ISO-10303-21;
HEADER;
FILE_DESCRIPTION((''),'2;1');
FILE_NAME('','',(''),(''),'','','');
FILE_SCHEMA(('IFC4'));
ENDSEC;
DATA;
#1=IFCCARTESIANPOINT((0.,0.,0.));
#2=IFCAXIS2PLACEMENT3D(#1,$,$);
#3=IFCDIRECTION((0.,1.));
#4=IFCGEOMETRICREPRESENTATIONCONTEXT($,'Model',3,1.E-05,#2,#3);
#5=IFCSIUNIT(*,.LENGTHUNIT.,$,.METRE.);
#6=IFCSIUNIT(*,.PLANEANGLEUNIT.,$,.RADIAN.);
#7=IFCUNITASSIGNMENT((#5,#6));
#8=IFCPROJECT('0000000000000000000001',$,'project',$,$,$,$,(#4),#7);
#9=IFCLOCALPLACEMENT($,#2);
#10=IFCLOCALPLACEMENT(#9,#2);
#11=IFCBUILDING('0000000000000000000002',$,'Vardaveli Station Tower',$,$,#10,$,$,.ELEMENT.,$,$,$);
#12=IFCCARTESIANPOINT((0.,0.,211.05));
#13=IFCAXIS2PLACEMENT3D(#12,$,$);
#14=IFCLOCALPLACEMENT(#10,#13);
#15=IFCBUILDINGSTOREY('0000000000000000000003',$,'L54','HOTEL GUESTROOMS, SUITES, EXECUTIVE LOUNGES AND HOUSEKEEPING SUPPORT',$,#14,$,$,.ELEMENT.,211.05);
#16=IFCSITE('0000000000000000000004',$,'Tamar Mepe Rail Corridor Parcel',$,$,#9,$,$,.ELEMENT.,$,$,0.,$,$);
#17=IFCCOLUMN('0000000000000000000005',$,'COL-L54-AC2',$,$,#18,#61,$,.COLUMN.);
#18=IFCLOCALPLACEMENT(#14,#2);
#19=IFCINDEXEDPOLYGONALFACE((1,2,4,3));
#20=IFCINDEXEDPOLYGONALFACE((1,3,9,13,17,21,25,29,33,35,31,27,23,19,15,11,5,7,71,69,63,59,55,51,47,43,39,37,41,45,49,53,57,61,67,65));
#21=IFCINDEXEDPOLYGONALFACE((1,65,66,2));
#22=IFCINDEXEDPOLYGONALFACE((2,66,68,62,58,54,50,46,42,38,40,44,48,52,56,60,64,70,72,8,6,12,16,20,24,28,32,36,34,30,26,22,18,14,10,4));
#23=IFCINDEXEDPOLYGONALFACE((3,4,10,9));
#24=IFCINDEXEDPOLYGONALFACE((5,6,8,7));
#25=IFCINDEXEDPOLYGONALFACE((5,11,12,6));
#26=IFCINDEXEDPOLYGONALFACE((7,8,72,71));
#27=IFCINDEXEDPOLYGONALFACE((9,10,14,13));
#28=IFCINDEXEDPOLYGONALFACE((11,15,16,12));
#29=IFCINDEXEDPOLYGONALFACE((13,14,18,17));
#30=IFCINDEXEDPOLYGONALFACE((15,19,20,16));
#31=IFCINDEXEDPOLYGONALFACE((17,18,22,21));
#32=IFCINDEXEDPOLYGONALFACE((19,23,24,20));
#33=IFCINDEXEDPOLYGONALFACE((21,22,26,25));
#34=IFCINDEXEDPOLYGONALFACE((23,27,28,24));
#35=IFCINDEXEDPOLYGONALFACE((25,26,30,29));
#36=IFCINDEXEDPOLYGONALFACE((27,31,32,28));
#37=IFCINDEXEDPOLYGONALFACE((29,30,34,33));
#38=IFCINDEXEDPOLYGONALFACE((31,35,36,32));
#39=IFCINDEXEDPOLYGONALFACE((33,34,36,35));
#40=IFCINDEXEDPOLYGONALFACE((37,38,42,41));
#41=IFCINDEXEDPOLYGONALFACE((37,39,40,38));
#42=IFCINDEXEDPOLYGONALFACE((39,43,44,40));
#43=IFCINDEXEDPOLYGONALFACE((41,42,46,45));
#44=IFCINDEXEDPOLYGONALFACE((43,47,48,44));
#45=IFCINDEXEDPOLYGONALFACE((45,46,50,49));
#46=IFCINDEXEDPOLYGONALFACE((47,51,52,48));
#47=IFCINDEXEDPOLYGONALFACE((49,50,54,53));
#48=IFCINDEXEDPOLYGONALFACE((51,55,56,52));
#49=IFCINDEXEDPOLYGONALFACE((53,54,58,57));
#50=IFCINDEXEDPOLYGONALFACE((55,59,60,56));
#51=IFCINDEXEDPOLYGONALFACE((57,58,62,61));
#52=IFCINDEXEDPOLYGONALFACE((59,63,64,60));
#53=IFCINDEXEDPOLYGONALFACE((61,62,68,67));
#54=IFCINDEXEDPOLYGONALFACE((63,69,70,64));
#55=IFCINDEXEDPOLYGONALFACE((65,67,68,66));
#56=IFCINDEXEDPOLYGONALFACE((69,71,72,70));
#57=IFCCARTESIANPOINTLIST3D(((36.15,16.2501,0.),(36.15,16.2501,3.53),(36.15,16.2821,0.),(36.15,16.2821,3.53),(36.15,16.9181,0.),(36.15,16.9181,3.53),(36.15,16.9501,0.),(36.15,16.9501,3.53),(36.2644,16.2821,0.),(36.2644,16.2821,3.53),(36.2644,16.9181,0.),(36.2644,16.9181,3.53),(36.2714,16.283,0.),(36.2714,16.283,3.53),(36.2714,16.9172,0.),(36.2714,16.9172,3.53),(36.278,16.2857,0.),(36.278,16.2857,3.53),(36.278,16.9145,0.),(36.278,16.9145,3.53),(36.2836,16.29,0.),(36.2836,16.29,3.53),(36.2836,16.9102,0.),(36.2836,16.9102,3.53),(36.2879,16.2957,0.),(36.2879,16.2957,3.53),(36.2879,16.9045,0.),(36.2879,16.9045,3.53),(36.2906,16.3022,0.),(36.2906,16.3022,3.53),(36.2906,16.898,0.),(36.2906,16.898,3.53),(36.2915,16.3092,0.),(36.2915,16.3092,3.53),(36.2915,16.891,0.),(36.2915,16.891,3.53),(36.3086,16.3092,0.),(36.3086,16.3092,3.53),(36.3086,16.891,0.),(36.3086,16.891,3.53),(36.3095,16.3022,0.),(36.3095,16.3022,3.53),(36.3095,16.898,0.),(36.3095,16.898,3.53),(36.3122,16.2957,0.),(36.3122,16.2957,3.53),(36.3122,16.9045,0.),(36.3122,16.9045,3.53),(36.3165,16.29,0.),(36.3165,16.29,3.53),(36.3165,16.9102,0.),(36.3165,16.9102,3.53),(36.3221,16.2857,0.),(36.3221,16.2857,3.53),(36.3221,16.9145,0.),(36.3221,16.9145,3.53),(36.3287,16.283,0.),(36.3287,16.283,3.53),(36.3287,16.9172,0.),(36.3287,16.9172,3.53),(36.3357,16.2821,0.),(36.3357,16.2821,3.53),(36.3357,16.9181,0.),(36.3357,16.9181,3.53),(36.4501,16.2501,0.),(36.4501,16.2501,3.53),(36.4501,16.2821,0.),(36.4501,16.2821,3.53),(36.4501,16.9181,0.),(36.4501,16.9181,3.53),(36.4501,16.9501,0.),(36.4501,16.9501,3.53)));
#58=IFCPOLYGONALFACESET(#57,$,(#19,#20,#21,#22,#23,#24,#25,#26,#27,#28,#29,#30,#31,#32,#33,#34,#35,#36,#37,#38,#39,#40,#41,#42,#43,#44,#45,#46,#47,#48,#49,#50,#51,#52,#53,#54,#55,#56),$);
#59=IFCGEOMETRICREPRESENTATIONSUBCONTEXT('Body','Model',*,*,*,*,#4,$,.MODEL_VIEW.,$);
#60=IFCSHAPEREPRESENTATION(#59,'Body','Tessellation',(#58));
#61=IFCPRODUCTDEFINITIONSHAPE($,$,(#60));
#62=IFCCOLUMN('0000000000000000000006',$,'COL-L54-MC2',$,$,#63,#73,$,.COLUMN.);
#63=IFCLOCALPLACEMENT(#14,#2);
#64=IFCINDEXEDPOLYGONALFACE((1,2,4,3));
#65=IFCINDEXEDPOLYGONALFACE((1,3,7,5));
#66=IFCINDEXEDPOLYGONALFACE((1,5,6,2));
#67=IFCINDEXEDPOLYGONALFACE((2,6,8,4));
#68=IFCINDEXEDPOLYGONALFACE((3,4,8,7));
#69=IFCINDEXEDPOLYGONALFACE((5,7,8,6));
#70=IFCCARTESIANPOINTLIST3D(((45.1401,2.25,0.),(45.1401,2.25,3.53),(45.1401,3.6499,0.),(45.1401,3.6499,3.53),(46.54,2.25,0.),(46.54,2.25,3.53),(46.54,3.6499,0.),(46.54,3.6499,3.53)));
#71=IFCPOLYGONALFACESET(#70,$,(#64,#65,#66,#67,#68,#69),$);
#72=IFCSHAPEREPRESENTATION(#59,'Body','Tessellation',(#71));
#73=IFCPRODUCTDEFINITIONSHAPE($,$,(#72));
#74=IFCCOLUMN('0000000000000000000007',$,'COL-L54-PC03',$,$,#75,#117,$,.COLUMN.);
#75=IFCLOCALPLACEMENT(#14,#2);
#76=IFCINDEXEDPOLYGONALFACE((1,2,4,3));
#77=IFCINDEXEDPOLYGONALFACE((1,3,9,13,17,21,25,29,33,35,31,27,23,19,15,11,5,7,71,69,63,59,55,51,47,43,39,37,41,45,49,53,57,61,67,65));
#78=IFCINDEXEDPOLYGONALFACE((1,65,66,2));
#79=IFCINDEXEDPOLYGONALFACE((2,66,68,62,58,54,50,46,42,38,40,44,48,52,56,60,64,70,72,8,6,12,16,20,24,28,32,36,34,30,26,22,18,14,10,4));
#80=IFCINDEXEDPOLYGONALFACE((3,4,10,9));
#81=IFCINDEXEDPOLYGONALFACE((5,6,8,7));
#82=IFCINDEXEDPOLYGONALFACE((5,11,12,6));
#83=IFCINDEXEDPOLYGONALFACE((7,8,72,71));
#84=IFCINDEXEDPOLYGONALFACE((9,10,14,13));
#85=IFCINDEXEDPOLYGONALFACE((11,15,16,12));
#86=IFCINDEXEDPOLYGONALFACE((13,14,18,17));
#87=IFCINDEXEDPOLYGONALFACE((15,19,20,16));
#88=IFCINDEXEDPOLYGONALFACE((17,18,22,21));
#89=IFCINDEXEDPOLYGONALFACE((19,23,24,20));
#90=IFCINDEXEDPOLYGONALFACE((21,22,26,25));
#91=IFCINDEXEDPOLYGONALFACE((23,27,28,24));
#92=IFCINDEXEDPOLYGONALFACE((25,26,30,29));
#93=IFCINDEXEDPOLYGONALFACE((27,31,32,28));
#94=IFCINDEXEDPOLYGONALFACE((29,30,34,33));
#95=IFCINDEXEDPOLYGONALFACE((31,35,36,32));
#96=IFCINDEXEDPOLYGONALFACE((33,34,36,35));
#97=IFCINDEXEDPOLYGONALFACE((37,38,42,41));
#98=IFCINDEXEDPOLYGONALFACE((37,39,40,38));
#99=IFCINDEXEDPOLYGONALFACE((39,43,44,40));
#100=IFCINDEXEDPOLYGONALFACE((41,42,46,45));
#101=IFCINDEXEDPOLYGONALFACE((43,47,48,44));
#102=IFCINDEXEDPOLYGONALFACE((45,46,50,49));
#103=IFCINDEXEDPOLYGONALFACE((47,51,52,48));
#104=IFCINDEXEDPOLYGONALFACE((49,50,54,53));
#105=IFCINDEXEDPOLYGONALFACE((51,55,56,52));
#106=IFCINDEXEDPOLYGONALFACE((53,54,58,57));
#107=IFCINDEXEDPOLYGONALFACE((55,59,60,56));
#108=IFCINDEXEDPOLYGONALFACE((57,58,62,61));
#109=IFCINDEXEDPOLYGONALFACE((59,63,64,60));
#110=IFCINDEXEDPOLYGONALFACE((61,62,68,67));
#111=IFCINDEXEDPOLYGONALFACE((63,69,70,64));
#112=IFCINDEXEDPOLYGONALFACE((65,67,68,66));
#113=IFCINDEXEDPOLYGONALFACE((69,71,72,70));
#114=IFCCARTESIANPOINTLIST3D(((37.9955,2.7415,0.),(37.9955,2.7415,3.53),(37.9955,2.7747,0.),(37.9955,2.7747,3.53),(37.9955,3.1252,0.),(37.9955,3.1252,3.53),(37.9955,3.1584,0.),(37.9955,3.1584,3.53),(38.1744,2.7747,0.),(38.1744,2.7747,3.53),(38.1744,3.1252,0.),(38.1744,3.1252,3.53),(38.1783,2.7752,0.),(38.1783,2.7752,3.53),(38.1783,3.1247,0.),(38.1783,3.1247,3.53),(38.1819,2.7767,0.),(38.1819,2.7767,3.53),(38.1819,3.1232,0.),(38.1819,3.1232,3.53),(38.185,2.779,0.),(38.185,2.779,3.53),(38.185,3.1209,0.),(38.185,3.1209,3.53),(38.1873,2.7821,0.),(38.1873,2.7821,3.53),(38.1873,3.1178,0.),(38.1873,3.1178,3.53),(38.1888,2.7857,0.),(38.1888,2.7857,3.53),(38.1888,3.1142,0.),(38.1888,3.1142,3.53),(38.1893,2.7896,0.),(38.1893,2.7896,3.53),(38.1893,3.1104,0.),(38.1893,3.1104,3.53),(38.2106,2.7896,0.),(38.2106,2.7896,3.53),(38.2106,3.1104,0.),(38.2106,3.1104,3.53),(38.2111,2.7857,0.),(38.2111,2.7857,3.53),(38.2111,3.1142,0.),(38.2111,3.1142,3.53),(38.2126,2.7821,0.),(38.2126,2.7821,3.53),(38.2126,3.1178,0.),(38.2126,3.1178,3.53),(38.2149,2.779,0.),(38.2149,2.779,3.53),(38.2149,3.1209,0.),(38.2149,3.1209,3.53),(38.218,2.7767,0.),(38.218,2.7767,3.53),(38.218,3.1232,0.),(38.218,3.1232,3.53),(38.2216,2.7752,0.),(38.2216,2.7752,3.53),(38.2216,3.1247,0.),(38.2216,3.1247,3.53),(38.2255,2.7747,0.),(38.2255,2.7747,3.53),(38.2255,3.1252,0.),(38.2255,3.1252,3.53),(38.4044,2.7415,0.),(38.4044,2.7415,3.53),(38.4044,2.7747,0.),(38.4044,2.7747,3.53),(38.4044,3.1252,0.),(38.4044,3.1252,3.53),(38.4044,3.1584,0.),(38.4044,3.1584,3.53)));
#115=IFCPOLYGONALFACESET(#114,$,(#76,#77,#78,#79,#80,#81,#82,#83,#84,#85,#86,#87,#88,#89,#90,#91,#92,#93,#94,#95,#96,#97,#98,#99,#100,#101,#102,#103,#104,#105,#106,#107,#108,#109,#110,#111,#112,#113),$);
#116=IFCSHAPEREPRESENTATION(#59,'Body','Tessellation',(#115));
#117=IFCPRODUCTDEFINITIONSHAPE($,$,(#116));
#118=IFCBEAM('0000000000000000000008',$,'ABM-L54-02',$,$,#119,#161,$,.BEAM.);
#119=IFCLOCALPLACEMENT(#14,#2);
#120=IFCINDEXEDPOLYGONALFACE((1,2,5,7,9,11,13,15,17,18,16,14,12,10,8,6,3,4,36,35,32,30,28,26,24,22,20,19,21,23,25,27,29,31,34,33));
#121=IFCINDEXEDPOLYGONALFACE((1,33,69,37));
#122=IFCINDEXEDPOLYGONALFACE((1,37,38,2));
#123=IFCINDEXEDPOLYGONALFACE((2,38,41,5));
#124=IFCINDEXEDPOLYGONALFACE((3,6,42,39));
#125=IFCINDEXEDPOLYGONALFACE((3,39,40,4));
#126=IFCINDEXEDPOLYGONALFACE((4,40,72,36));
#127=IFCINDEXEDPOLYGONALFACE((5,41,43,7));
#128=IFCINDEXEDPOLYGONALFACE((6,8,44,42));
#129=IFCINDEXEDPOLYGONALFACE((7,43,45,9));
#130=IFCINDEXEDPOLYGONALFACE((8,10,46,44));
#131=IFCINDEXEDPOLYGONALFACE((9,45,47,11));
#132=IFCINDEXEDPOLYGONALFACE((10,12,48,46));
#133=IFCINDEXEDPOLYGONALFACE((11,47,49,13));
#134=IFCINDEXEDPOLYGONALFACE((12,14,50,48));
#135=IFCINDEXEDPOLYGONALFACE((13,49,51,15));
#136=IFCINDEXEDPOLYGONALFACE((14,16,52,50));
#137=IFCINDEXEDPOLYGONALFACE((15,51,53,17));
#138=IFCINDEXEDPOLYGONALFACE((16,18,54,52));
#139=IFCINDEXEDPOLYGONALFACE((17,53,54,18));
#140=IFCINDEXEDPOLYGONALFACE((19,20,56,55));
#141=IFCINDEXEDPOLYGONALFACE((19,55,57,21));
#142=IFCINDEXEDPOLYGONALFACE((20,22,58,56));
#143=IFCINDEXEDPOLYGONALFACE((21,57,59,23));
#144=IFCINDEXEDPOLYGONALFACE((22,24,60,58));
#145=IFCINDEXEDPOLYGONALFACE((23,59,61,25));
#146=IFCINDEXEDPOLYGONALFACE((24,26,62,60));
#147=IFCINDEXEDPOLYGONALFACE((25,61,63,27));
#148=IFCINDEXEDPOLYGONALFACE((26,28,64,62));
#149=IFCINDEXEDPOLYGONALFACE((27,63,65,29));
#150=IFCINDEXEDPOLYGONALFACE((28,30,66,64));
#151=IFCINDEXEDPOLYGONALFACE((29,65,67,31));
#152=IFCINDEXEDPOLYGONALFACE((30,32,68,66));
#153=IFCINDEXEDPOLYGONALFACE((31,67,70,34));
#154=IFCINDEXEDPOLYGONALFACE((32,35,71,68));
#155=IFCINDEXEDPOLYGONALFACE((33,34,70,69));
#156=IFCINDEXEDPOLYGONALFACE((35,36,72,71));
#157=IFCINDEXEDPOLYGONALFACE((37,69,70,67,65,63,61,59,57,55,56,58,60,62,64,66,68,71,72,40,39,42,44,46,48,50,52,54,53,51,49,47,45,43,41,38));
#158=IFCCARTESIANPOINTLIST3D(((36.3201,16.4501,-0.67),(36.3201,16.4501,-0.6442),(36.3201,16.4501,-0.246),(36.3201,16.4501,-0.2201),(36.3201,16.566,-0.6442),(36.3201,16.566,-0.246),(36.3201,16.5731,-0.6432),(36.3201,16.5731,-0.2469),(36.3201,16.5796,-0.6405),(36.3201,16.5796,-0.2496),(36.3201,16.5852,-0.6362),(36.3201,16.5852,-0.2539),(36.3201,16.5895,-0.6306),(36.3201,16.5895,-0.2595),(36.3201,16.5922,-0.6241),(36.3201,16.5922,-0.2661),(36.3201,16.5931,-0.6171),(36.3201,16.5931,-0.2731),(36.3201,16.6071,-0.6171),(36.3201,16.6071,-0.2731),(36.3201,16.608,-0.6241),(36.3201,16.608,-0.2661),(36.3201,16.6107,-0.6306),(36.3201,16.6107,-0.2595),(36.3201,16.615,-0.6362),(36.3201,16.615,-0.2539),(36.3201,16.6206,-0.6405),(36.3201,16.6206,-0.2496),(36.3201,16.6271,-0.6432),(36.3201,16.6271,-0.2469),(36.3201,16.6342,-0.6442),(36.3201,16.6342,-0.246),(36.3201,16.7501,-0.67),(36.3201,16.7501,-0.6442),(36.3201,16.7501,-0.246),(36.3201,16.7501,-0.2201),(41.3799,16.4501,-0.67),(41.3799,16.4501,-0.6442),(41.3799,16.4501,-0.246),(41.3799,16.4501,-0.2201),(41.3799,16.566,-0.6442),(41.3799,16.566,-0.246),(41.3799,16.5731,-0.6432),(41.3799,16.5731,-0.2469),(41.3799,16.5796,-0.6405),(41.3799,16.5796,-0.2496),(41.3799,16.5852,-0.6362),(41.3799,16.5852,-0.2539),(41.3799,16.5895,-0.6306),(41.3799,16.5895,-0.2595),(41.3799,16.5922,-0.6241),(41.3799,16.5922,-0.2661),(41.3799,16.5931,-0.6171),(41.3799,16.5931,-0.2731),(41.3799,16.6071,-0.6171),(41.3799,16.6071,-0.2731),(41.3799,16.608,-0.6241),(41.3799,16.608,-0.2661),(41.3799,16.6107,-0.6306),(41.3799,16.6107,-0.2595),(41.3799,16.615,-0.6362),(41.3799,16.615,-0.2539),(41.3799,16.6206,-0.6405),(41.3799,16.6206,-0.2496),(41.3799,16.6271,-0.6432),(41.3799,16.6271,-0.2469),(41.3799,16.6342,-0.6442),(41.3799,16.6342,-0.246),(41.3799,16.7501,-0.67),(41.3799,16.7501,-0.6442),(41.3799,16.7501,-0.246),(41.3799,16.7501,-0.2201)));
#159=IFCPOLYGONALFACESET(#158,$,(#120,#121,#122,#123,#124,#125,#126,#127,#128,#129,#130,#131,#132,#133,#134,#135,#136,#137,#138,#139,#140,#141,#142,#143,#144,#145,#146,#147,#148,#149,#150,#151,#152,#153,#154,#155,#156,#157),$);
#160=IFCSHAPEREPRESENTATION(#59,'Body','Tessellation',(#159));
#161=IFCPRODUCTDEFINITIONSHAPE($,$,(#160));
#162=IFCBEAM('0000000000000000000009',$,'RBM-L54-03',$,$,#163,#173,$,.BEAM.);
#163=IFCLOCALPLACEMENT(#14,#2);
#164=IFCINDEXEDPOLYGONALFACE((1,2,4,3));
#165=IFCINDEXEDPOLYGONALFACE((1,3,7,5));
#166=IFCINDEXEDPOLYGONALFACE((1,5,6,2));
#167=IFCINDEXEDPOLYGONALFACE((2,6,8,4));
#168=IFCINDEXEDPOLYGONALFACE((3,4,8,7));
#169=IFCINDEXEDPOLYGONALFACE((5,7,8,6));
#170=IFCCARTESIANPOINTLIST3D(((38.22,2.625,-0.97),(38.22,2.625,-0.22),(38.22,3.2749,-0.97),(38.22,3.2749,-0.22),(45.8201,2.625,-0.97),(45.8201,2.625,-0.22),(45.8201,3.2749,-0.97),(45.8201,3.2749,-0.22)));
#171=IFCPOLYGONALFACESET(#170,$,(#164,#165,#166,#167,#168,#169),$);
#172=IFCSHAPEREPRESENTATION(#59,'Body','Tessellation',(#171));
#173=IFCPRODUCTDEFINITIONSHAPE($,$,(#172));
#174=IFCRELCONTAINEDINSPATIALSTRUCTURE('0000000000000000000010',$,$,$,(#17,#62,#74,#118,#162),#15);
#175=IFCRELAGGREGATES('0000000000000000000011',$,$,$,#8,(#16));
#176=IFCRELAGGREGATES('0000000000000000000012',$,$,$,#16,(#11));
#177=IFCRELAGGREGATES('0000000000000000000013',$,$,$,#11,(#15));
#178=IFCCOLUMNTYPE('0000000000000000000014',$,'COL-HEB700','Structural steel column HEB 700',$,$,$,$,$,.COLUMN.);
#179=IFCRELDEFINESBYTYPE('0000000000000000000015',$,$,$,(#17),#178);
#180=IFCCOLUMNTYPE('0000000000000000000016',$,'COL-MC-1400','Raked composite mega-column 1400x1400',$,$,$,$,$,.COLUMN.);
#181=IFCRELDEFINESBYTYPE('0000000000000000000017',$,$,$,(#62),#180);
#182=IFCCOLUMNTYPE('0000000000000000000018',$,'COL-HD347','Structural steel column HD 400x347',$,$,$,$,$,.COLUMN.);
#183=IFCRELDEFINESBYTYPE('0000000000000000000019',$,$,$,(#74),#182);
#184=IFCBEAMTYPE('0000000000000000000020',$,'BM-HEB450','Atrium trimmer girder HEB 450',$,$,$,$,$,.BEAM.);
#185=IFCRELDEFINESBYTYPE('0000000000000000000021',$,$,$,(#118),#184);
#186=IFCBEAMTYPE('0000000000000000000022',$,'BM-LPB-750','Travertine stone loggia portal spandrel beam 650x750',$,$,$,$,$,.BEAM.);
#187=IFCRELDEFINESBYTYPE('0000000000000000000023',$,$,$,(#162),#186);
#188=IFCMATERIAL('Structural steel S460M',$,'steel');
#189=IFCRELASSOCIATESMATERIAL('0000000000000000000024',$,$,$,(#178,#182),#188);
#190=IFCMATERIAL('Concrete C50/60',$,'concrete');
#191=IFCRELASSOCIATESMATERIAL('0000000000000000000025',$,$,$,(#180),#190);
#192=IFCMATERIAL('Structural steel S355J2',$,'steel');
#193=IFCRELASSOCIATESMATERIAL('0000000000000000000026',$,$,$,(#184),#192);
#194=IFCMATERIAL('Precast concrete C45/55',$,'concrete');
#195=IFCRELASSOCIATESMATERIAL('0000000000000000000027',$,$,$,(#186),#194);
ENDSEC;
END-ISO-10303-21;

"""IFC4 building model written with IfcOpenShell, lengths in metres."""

from ifc_helpers import new_model, si_unit, direction, frame, origin, origin_2d, place, context, subcontext, project, spatial, rectangle, i_section, extrude, source, transform, mapped, material, material_profile, profile_set, type_object, element, save


model = new_model("IFC4")

# Units and contexts
model_context = context("Model", 3, precision=1e-05, world=origin(), true_north=direction((0.0, 1.0)))
body_context = subcontext(model_context, "Body", "Model", "MODEL_VIEW")
ifc_project = project(units=[si_unit("LENGTHUNIT", "METRE"), si_unit("PLANEANGLEUNIT", "RADIAN")], contexts=[model_context])

# Site, building, storey
site_placement = place(None, origin())
site = spatial("IfcSite", under=ifc_project, at=site_placement, Name="Tamar Mepe Rail Corridor Parcel", CompositionType="ELEMENT", RefElevation=0.0)
building_placement = place(site_placement, origin())
building = spatial("IfcBuilding", under=site, at=building_placement, Name="Vardaveli Station Tower", CompositionType="ELEMENT")
storey_placement = place(building_placement, frame((0.0, 0.0, 211.05)))
storey = spatial("IfcBuildingStorey", under=building, at=storey_placement, Name="L54", Description="HOTEL GUESTROOMS, SUITES, EXECUTIVE LOUNGES AND HOUSEKEEPING SUPPORT", CompositionType="ELEMENT", Elevation=211.05)

# Columns
ifc_material_1 = material(Name="Structural steel S460M", Category="steel")
ifc_material_profile_1 = material_profile(ifc_material_1, i_section(OverallWidth=0.3, OverallDepth=0.7, WebThickness=0.0171, FlangeThickness=0.032, FilletRadius=0.0271, at=origin_2d()), Name="HEB 700")
ifc_profile_set_1 = profile_set([ifc_material_profile_1], Name="Structural steel S460M")
column_type_1 = type_object("IfcColumnType", Name="COL-HEB700", Description="Structural steel column HEB 700", PredefinedType="COLUMN", material=ifc_profile_set_1)
shared_shape_1 = source(origin(), body_context, "Body", "SweptSolid", [
    extrude(i_section(OverallWidth=0.3, OverallDepth=0.7, WebThickness=0.0171, FlangeThickness=0.032, FilletRadius=0.0271, at=origin_2d()), origin(), (0.0, 0.0, 1.0), 3.53),
])
column_1_placement = place(storey_placement, frame((36.3, 16.6001, 0.0), z_axis=(0.0, 0.0, 1.0), x_axis=(1.0, 0.0, 0.0)))
element("IfcColumn", 1, at=column_1_placement, inside=storey, type_object=column_type_1, Name="COL-L54-AC2", PredefinedType="COLUMN", context=body_context, shape_type="MappedRepresentation", body=[
    mapped(shared_shape_1, transform((0.0, 0.0, 0.0), scale=1.0)),
])
ifc_material_2 = material(Name="Concrete C50/60", Category="concrete")
ifc_material_profile_2 = material_profile(ifc_material_2, rectangle(XDim=1.3999, YDim=1.3999, at=origin_2d()), Name="MC 1400x1400")
ifc_profile_set_2 = profile_set([ifc_material_profile_2], Name="Concrete C50/60")
column_type_2 = type_object("IfcColumnType", Name="COL-MC-1400", Description="Raked composite mega-column 1400x1400", PredefinedType="COLUMN", material=ifc_profile_set_2)
shared_shape_2 = source(origin(), body_context, "Body", "SweptSolid", [
    extrude(rectangle(XDim=1.3999, YDim=1.3999, at=origin_2d()), origin(), (0.0, 0.0, 1.0), 3.53),
])
column_2_placement = place(storey_placement, frame((45.8401, 2.95, 0.0), z_axis=(0.0, 0.0, 1.0), x_axis=(1.0, 0.0, 0.0)))
element("IfcColumn", 2, at=column_2_placement, inside=storey, type_object=column_type_2, Name="COL-L54-MC2", PredefinedType="COLUMN", context=body_context, shape_type="MappedRepresentation", body=[
    mapped(shared_shape_2, transform((0.0, 0.0, 0.0), scale=1.0)),
])
ifc_material_profile_3 = material_profile(ifc_material_1, i_section(OverallWidth=0.4089, OverallDepth=0.417, WebThickness=0.0212, FlangeThickness=0.0332, FilletRadius=0.0149, at=origin_2d()), Name="HD 400x347")
ifc_profile_set_3 = profile_set([ifc_material_profile_3], Name="Structural steel S460M")
column_type_3 = type_object("IfcColumnType", Name="COL-HD347", Description="Structural steel column HD 400x347", PredefinedType="COLUMN", material=ifc_profile_set_3)
shared_shape_3 = source(origin(), body_context, "Body", "SweptSolid", [
    extrude(i_section(OverallWidth=0.4089, OverallDepth=0.417, WebThickness=0.0212, FlangeThickness=0.0332, FilletRadius=0.0149, at=origin_2d()), origin(), (0.0, 0.0, 1.0), 3.53),
])
column_3_placement = place(storey_placement, frame((38.2, 2.95, 0.0), z_axis=(0.0, 0.0, 1.0), x_axis=(1.0, 0.0, 0.0)))
element("IfcColumn", 3, at=column_3_placement, inside=storey, type_object=column_type_3, Name="COL-L54-PC03", PredefinedType="COLUMN", context=body_context, shape_type="MappedRepresentation", body=[
    mapped(shared_shape_3, transform((0.0, 0.0, 0.0), scale=1.0)),
])

# Beams
ifc_material_3 = material(Name="Structural steel S355J2", Category="steel")
ifc_material_profile_4 = material_profile(ifc_material_3, i_section(OverallWidth=0.3, OverallDepth=0.45, WebThickness=0.0139, FlangeThickness=0.0259, FilletRadius=0.0271, at=origin_2d()), Name="HEB 450")
ifc_profile_set_4 = profile_set([ifc_material_profile_4], Name="Structural steel S355J2")
beam_type_1 = type_object("IfcBeamType", Name="BM-HEB450", Description="Atrium trimmer girder HEB 450", PredefinedType="BEAM", material=ifc_profile_set_4)
shared_shape_4 = source(origin(), body_context, "Body", "SweptSolid", [
    extrude(i_section(OverallWidth=0.3, OverallDepth=0.45, WebThickness=0.0139, FlangeThickness=0.0259, FilletRadius=0.0271, at=origin_2d()), origin(), (0.0, 0.0, 1.0), 5.0598),
])
beam_1_placement = place(storey_placement, frame((36.3201, 16.6001, -0.4451), z_axis=(1.0, 0.0, 0.0), x_axis=(0.0, 1.0, 0.0)))
element("IfcBeam", 4, at=beam_1_placement, inside=storey, type_object=beam_type_1, Name="ABM-L54-02", PredefinedType="BEAM", context=body_context, shape_type="MappedRepresentation", body=[
    mapped(shared_shape_4, transform((0.0, 0.0, 0.0), scale=1.0)),
])
ifc_material_4 = material(Name="Precast concrete C45/55", Category="concrete")
ifc_material_profile_5 = material_profile(ifc_material_4, rectangle(XDim=0.6499, YDim=0.75, at=origin_2d()), Name="LPB 650x750")
ifc_profile_set_5 = profile_set([ifc_material_profile_5], Name="Precast concrete C45/55")
beam_type_2 = type_object("IfcBeamType", Name="BM-LPB-750", Description="Travertine stone loggia portal spandrel beam 650x750", PredefinedType="BEAM", material=ifc_profile_set_5)
shared_shape_5 = source(origin(), body_context, "Body", "SweptSolid", [
    extrude(rectangle(XDim=0.6499, YDim=0.75, at=origin_2d()), origin(), (0.0, 0.0, 1.0), 7.6001),
])
beam_2_placement = place(storey_placement, frame((38.22, 2.95, -0.595), z_axis=(1.0, 0.0, 0.0), x_axis=(0.0, 1.0, 0.0)))
element("IfcBeam", 5, at=beam_2_placement, inside=storey, type_object=beam_type_2, Name="RBM-L54-03", PredefinedType="BEAM", context=body_context, shape_type="MappedRepresentation", body=[
    mapped(shared_shape_5, transform((0.0, 0.0, 0.0), scale=1.0)),
])

save(model, "model.ifc")
